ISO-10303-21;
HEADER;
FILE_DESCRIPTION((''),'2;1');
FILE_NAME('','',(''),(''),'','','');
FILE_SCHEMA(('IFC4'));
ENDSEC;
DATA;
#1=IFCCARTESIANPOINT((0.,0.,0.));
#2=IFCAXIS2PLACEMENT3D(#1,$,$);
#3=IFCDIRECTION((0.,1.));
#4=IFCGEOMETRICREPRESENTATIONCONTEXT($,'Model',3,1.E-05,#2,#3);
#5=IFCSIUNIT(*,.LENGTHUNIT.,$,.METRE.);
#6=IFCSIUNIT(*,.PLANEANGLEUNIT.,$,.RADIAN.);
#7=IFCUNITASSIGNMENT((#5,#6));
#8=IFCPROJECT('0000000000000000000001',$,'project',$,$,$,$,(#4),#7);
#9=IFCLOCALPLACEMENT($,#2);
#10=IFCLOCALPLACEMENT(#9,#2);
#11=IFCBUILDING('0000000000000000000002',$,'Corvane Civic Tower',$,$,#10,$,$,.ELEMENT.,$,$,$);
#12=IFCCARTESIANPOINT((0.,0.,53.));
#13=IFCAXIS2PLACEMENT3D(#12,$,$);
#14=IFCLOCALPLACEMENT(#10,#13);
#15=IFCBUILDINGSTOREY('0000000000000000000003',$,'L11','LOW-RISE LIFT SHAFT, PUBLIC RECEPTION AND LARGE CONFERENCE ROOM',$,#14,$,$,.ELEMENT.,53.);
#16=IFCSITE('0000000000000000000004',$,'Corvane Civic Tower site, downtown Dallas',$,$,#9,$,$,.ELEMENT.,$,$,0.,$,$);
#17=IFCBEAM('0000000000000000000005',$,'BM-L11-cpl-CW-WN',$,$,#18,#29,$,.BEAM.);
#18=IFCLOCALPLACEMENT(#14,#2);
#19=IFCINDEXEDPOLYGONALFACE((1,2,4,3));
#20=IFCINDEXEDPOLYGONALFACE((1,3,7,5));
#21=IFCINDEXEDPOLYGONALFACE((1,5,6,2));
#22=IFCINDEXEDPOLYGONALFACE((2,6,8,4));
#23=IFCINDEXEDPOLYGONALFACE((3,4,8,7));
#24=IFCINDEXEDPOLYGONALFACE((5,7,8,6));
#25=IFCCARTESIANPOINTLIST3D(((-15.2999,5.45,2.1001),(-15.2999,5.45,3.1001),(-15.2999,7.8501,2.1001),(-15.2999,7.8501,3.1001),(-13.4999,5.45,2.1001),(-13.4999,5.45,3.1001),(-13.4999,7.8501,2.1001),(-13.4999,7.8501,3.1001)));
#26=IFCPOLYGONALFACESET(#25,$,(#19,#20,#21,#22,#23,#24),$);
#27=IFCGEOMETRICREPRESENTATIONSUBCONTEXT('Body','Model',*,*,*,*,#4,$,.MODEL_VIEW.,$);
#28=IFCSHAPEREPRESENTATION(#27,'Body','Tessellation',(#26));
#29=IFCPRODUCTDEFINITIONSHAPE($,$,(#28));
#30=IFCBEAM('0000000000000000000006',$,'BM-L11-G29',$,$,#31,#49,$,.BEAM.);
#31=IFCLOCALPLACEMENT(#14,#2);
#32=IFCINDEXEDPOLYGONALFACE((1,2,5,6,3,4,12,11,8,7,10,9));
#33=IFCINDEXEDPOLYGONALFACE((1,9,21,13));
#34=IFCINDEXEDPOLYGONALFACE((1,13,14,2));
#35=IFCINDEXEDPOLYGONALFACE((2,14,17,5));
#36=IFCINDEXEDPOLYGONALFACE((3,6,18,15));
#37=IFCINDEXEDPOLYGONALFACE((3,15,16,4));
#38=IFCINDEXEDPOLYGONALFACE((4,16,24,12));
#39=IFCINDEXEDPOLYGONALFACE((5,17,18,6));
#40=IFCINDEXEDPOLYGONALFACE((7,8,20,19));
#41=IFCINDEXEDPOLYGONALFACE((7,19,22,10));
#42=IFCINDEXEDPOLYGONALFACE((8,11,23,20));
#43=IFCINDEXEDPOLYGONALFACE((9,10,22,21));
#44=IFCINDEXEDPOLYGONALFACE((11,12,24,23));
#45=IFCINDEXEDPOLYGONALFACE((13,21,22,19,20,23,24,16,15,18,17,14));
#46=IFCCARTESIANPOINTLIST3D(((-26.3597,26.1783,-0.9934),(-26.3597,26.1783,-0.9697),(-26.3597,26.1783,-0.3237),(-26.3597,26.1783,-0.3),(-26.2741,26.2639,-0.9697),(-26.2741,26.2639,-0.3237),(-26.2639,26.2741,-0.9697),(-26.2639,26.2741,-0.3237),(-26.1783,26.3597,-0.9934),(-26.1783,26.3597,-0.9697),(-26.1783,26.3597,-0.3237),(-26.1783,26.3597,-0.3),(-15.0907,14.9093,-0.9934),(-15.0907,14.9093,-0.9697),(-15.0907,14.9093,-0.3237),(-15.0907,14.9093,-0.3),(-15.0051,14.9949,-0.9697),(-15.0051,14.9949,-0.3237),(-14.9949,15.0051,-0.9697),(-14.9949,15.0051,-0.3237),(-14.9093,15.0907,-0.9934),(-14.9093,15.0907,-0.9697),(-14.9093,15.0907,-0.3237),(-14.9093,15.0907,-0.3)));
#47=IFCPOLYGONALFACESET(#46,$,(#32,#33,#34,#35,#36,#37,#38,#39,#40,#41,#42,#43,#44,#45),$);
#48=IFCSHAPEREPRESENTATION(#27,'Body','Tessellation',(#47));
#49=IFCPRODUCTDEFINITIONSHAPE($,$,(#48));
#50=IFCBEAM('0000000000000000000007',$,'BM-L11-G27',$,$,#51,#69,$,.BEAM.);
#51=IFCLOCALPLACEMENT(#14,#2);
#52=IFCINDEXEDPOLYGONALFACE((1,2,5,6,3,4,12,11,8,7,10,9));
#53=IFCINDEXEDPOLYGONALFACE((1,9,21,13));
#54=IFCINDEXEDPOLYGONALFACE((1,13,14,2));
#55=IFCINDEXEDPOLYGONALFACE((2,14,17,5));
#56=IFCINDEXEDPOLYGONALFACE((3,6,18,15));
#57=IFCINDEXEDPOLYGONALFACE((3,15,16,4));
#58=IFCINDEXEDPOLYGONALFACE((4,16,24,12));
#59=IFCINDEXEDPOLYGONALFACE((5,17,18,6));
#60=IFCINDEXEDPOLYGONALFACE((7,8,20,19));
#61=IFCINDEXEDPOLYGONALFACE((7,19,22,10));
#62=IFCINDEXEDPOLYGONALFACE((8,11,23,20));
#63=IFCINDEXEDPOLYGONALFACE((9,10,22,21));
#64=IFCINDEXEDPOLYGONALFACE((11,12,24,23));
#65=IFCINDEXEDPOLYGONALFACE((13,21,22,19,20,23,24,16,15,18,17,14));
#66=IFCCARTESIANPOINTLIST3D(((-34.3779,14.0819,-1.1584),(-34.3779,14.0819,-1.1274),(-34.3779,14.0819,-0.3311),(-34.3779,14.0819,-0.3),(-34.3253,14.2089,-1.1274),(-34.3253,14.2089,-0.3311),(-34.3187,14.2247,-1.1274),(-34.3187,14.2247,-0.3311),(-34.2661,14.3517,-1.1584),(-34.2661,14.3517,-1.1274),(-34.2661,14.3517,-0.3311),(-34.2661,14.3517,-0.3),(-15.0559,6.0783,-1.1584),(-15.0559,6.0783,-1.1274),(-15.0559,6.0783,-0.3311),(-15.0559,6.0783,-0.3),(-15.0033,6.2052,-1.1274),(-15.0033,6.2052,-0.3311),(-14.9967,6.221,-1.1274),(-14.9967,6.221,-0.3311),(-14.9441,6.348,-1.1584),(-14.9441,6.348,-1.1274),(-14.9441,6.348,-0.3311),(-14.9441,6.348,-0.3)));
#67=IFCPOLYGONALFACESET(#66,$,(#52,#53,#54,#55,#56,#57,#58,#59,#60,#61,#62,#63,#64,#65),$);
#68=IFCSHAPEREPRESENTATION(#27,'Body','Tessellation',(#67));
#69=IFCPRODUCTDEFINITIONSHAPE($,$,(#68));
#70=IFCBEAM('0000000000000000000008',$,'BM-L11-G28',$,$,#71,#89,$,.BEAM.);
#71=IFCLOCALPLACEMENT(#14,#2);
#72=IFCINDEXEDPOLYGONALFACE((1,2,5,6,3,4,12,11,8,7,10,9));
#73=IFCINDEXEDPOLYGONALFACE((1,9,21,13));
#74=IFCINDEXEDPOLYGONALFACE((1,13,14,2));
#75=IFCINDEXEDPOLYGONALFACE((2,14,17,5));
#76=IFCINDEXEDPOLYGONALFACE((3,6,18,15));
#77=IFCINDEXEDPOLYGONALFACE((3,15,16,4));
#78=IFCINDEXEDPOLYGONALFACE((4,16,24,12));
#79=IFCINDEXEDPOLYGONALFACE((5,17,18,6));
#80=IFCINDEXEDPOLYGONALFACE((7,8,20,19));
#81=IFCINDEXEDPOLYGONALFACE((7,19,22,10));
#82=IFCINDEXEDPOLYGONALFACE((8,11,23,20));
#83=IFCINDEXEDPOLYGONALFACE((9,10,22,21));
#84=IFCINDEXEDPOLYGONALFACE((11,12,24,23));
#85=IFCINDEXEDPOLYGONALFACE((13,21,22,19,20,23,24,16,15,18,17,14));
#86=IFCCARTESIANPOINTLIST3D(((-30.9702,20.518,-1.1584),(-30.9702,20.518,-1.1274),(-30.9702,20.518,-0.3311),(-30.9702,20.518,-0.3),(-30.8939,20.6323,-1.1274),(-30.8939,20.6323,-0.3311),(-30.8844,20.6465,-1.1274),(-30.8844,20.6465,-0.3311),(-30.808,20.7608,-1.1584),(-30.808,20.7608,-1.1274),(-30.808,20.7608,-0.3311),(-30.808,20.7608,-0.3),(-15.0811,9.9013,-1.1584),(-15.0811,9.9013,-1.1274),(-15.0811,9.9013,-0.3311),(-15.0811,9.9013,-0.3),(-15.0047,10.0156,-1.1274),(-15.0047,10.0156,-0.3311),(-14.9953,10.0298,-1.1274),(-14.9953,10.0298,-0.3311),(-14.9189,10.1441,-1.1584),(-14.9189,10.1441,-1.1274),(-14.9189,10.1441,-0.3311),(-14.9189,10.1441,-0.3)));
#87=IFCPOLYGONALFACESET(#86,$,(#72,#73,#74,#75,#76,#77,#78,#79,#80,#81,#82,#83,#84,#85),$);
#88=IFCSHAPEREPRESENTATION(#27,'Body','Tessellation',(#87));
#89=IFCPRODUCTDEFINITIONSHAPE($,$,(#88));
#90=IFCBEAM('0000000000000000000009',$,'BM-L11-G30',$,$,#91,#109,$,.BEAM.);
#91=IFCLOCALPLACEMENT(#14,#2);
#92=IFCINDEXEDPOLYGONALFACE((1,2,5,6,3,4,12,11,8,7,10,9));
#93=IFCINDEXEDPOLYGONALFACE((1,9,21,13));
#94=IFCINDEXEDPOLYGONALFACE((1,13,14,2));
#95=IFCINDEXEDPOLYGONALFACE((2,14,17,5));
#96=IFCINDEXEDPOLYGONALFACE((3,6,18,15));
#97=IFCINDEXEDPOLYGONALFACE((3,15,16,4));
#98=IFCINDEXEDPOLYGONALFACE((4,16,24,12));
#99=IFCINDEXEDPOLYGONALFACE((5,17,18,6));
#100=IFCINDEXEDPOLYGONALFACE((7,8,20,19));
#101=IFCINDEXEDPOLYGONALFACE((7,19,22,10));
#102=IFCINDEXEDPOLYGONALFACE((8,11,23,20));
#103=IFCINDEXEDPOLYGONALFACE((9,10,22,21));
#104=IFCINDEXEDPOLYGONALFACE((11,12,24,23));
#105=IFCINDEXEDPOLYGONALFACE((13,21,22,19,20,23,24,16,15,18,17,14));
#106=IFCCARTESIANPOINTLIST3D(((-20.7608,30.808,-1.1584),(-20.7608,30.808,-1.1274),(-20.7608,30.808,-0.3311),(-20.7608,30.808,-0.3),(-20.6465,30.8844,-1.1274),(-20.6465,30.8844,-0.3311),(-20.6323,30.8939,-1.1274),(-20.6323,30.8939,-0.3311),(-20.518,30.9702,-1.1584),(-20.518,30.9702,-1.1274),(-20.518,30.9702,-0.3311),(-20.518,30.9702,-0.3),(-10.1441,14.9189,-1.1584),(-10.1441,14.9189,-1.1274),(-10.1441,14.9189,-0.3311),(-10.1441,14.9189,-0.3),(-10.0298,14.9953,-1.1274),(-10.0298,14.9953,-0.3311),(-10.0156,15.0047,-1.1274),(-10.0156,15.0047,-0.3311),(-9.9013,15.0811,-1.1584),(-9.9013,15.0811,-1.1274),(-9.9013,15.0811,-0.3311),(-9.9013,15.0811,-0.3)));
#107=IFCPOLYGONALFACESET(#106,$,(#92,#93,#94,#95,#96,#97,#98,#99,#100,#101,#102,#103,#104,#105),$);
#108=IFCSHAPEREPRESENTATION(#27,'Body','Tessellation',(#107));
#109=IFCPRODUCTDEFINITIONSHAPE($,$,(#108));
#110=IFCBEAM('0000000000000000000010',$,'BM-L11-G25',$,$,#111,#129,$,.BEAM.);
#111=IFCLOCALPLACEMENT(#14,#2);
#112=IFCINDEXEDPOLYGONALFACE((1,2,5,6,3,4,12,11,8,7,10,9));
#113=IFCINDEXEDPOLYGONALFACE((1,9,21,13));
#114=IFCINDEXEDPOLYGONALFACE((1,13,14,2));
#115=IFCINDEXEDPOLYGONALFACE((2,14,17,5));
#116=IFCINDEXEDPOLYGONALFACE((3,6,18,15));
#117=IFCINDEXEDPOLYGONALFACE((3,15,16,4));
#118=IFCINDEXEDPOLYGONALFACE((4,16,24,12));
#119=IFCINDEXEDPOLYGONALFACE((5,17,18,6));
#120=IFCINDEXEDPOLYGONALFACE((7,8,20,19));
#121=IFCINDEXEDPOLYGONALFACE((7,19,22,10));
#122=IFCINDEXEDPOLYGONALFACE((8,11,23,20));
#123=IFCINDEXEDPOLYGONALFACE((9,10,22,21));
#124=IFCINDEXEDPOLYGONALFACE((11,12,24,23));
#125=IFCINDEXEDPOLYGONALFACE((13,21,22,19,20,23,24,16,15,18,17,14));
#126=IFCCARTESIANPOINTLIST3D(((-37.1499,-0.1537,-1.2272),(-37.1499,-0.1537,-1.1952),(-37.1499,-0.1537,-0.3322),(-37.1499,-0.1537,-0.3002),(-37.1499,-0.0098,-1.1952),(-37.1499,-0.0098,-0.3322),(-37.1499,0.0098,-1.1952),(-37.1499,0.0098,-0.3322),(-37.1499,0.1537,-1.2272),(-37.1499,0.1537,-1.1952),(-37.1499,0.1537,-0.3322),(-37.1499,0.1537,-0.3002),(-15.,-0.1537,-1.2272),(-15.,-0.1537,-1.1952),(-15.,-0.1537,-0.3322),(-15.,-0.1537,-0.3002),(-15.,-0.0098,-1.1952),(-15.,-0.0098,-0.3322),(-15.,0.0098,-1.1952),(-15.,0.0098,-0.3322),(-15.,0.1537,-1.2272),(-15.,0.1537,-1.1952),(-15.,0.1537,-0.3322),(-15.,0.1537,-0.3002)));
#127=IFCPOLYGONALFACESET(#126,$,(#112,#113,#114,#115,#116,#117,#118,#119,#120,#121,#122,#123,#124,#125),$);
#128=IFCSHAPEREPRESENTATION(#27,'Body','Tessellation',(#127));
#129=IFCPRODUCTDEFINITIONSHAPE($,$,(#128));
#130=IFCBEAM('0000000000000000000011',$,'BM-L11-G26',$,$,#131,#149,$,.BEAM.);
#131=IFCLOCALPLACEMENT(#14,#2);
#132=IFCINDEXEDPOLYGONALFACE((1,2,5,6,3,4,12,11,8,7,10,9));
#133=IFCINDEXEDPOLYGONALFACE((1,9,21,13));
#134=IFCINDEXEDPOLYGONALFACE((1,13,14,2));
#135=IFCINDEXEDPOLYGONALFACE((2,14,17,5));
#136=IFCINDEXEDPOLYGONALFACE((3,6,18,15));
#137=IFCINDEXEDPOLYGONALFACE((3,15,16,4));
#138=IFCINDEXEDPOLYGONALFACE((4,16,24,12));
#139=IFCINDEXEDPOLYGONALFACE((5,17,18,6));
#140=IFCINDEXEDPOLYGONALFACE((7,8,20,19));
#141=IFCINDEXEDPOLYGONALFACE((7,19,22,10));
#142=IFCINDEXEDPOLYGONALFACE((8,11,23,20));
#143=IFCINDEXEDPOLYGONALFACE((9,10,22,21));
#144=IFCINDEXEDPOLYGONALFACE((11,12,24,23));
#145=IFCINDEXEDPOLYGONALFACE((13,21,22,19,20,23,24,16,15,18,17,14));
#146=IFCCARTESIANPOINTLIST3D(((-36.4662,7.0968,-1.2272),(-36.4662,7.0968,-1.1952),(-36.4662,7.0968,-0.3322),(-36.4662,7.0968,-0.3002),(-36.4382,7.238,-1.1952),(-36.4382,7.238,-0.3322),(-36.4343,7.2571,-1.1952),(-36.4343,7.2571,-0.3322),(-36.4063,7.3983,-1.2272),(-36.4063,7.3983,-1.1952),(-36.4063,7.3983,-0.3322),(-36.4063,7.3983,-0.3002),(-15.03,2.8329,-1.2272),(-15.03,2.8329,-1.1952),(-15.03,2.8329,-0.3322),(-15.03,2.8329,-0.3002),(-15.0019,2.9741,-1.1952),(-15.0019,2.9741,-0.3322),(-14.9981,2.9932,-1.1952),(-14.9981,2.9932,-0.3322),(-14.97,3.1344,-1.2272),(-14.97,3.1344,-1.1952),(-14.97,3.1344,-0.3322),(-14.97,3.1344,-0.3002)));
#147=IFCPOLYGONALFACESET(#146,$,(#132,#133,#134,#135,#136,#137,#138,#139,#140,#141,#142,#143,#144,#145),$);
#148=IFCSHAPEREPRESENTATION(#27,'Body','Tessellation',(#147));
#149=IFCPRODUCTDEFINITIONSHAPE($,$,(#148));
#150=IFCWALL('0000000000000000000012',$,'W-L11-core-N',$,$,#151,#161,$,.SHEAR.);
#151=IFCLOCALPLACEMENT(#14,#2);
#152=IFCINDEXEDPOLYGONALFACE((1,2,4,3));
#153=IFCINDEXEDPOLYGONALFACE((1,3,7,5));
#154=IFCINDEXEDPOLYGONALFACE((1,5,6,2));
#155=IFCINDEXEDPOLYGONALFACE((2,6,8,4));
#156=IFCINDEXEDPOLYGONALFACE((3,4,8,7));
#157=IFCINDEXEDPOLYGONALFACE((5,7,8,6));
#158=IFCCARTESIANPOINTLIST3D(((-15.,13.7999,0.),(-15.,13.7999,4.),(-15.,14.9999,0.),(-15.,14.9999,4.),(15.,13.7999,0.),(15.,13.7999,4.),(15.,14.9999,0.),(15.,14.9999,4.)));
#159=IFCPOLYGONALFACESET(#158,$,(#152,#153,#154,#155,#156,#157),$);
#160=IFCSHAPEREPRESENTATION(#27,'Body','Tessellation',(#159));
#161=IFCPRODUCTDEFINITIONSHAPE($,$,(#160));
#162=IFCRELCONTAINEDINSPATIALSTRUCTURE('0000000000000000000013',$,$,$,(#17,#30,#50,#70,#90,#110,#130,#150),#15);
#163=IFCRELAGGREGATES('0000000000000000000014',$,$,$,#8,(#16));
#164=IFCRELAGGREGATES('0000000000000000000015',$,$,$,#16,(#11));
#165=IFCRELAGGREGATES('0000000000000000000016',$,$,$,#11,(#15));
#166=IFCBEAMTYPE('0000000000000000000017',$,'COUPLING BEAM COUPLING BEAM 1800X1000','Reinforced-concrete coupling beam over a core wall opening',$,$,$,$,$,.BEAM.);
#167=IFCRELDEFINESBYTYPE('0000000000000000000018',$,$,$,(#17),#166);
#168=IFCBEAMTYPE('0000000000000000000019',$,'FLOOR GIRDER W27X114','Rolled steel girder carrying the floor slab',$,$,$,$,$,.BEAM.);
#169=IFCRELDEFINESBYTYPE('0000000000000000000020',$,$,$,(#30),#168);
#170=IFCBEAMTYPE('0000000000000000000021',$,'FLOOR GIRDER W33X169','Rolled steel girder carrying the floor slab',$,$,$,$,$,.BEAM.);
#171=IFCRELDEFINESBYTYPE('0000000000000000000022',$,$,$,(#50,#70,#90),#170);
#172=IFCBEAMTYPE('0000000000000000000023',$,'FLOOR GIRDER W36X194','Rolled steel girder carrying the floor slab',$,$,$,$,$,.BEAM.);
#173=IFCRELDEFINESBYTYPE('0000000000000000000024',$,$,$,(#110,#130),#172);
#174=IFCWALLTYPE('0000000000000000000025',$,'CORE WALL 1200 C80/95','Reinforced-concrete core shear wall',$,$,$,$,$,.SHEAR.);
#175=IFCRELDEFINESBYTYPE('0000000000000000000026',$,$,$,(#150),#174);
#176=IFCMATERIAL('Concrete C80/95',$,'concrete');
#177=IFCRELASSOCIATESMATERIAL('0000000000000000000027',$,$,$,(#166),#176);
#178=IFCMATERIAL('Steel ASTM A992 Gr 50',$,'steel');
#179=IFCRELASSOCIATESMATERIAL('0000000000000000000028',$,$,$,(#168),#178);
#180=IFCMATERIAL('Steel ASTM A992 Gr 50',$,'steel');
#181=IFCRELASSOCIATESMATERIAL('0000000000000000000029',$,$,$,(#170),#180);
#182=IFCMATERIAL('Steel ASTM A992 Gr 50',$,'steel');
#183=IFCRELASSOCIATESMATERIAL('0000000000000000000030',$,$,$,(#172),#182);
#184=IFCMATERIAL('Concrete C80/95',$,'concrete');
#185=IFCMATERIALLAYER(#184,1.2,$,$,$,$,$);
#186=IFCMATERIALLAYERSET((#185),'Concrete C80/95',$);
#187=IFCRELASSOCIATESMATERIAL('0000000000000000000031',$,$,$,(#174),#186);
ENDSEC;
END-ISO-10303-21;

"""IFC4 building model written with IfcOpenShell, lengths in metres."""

from ifc_helpers import new_model, si_unit, direction, frame, frame_2d, origin, origin_2d, place, context, subcontext, project, spatial, rectangle, i_section, extrude, material, layer, layer_set, material_profile, profile_set, type_object, element, save


model = new_model("IFC4")

# Units and contexts
model_context = context("Model", 3, precision=1e-05, world=origin(), true_north=direction((0.0, 1.0)))
body_context = subcontext(model_context, "Body", "Model", "MODEL_VIEW")
ifc_project = project(units=[si_unit("LENGTHUNIT", "METRE"), si_unit("PLANEANGLEUNIT", "RADIAN")], contexts=[model_context])

# Site, building, storey
site_placement = place(None, origin())
site = spatial("IfcSite", under=ifc_project, at=site_placement, Name="Corvane Civic Tower site, downtown Dallas", CompositionType="ELEMENT", RefElevation=0.0)
building_placement = place(site_placement, origin())
building = spatial("IfcBuilding", under=site, at=building_placement, Name="Corvane Civic Tower", CompositionType="ELEMENT")
storey_placement = place(building_placement, frame((0.0, 0.0, 53.0)))
storey = spatial("IfcBuildingStorey", under=building, at=storey_placement, Name="L11", Description="LOW-RISE LIFT SHAFT, PUBLIC RECEPTION AND LARGE CONFERENCE ROOM", CompositionType="ELEMENT", Elevation=53.0)

# Beams
ifc_material_1 = material(Name="Concrete C80/95", Category="concrete")
ifc_material_profile_1 = material_profile(ifc_material_1, rectangle(XDim=1.8, YDim=1.0, at=origin_2d()), Name="COUPLING BEAM 1800X1000")
ifc_profile_set_1 = profile_set([ifc_material_profile_1], Name="Concrete C80/95")
beam_type_1 = type_object("IfcBeamType", Name="COUPLING BEAM COUPLING BEAM 1800X1000", Description="Reinforced-concrete coupling beam over a core wall opening", PredefinedType="BEAM", material=ifc_profile_set_1)
beam_1_placement = place(storey_placement, frame((-14.3999, 5.45, 2.6001), z_axis=(0.0, 1.0, 0.0), x_axis=(-1.0, 0.0, 0.0)))
element("IfcBeam", 1, at=beam_1_placement, inside=storey, type_object=beam_type_1, Name="BM-L11-cpl-CW-WN", PredefinedType="BEAM", context=body_context, shape_type="SweptSolid", body=[
    extrude(rectangle(XDim=1.8, YDim=1.0, at=origin_2d()), origin(), (0.0, 0.0, 1.0), 2.4001),
])
ifc_material_2 = material(Name="Steel ASTM A992 Gr 50", Category="steel")
ifc_material_profile_2 = material_profile(ifc_material_2, i_section(OverallWidth=0.2566, OverallDepth=0.6934, WebThickness=0.0144, FlangeThickness=0.0237, at=origin_2d()), Name="W27X114")
ifc_profile_set_2 = profile_set([ifc_material_profile_2], Name="Steel ASTM A992 Gr 50")
beam_type_2 = type_object("IfcBeamType", Name="FLOOR GIRDER W27X114", Description="Rolled steel girder carrying the floor slab", PredefinedType="BEAM", material=ifc_profile_set_2)
beam_2_placement = place(storey_placement, frame((-15.0, 15.0, -0.6467), z_axis=(-0.707107, 0.707107, 0.0), x_axis=(-0.707107, -0.707107, 0.0)))
element("IfcBeam", 2, at=beam_2_placement, inside=storey, type_object=beam_type_2, Name="BM-L11-G29", PredefinedType="BEAM", context=body_context, shape_type="SweptSolid", body=[
    extrude(i_section(OverallWidth=0.2566, OverallDepth=0.6934, WebThickness=0.0144, FlangeThickness=0.0237, at=origin_2d()), origin(), (0.0, 0.0, 1.0), 15.9368),
])
ifc_material_3 = material(Name="Steel ASTM A992 Gr 50", Category="steel")
ifc_material_profile_3 = material_profile(ifc_material_3, i_section(OverallWidth=0.292, OverallDepth=0.8584, WebThickness=0.0171, FlangeThickness=0.031, at=origin_2d()), Name="W33X169")
ifc_profile_set_3 = profile_set([ifc_material_profile_3], Name="Steel ASTM A992 Gr 50")
beam_type_3 = type_object("IfcBeamType", Name="FLOOR GIRDER W33X169", Description="Rolled steel girder carrying the floor slab", PredefinedType="BEAM", material=ifc_profile_set_3)
beam_3_placement = place(storey_placement, frame((-15.0, 6.2131, -0.7292), z_axis=(-0.923876, 0.382692, 0.0), x_axis=(-0.382692, -0.923876, 0.0)))
element("IfcBeam", 3, at=beam_3_placement, inside=storey, type_object=beam_type_3, Name="BM-L11-G27", PredefinedType="BEAM", context=body_context, shape_type="SweptSolid", body=[
    extrude(i_section(OverallWidth=0.292, OverallDepth=0.8584, WebThickness=0.0171, FlangeThickness=0.031, at=origin_2d()), origin(), (0.0, 0.0, 1.0), 20.9141),
])
for number, where, z_axis, x_axis, name in (
    (4, (-15.0, 10.0227, -0.7292), (-0.831472, 0.555567, 0.0), (-0.555567, -0.831472, 0.0), "BM-L11-G28"),
    (5, (-10.0227, 15.0, -0.7292), (-0.555567, 0.831472, 0.0), (-0.831472, -0.555567, 0.0), "BM-L11-G30"),
):
    element("IfcBeam", number, at=place(storey_placement, frame(where, z_axis=z_axis, x_axis=x_axis)), inside=storey, type_object=beam_type_3, Name=name, PredefinedType="BEAM", context=body_context, shape_type="SweptSolid", body=[
        extrude(i_section(OverallWidth=0.292, OverallDepth=0.8584, WebThickness=0.0171, FlangeThickness=0.031, at=origin_2d()), origin(), (0.0, 0.0, 1.0), 19.1096),
    ])
ifc_material_4 = material(Name="Steel ASTM A992 Gr 50", Category="steel")
ifc_material_profile_4 = material_profile(ifc_material_4, i_section(OverallWidth=0.3074, OverallDepth=0.927, WebThickness=0.0195, FlangeThickness=0.032, at=origin_2d()), Name="W36X194")
ifc_profile_set_4 = profile_set([ifc_material_profile_4], Name="Steel ASTM A992 Gr 50")
beam_type_4 = type_object("IfcBeamType", Name="FLOOR GIRDER W36X194", Description="Rolled steel girder carrying the floor slab", PredefinedType="BEAM", material=ifc_profile_set_4)
beam_4_placement = place(storey_placement, frame((-15.0, 0.0, -0.7637), z_axis=(-1.0, 0.0, 0.0), x_axis=(0.0, -1.0, 0.0)))
element("IfcBeam", 6, at=beam_4_placement, inside=storey, type_object=beam_type_4, Name="BM-L11-G25", PredefinedType="BEAM", context=body_context, shape_type="SweptSolid", body=[
    extrude(i_section(OverallWidth=0.3074, OverallDepth=0.927, WebThickness=0.0195, FlangeThickness=0.032, at=origin_2d()), origin(), (0.0, 0.0, 1.0), 22.1499),
])
beam_5_placement = place(storey_placement, frame((-15.0, 2.9836, -0.7637), z_axis=(-0.980785, 0.195089, 0.0), x_axis=(-0.195089, -0.980785, 0.0)))
element("IfcBeam", 7, at=beam_5_placement, inside=storey, type_object=beam_type_4, Name="BM-L11-G26", PredefinedType="BEAM", context=body_context, shape_type="SweptSolid", body=[
    extrude(i_section(OverallWidth=0.3074, OverallDepth=0.927, WebThickness=0.0195, FlangeThickness=0.032, at=origin_2d()), origin(), (0.0, 0.0, 1.0), 21.8562),
])

# Wall
ifc_material_5 = material(Name="Concrete C80/95", Category="concrete")
ifc_layer_1 = layer(ifc_material_5, 1.2)
ifc_layer_set_1 = layer_set([ifc_layer_1], Name="Concrete C80/95")
wall_type_1 = type_object("IfcWallType", Name="CORE WALL 1200 C80/95", Description="Reinforced-concrete core shear wall", PredefinedType="SHEAR", material=ifc_layer_set_1)
wall_1_placement = place(storey_placement, frame((-15.0, 14.3999, 0.0), z_axis=(0.0, 0.0, 1.0), x_axis=(1.0, 0.0, 0.0)))
element("IfcWall", 8, at=wall_1_placement, inside=storey, type_object=wall_type_1, Name="W-L11-core-N", PredefinedType="SHEAR", context=body_context, shape_type="SweptSolid", body=[
    extrude(rectangle(XDim=30.0, YDim=1.2, at=frame_2d((15.0, 0.0))), origin(), (0.0, 0.0, 1.0), 4.0),
])

save(model, "model.ifc")
